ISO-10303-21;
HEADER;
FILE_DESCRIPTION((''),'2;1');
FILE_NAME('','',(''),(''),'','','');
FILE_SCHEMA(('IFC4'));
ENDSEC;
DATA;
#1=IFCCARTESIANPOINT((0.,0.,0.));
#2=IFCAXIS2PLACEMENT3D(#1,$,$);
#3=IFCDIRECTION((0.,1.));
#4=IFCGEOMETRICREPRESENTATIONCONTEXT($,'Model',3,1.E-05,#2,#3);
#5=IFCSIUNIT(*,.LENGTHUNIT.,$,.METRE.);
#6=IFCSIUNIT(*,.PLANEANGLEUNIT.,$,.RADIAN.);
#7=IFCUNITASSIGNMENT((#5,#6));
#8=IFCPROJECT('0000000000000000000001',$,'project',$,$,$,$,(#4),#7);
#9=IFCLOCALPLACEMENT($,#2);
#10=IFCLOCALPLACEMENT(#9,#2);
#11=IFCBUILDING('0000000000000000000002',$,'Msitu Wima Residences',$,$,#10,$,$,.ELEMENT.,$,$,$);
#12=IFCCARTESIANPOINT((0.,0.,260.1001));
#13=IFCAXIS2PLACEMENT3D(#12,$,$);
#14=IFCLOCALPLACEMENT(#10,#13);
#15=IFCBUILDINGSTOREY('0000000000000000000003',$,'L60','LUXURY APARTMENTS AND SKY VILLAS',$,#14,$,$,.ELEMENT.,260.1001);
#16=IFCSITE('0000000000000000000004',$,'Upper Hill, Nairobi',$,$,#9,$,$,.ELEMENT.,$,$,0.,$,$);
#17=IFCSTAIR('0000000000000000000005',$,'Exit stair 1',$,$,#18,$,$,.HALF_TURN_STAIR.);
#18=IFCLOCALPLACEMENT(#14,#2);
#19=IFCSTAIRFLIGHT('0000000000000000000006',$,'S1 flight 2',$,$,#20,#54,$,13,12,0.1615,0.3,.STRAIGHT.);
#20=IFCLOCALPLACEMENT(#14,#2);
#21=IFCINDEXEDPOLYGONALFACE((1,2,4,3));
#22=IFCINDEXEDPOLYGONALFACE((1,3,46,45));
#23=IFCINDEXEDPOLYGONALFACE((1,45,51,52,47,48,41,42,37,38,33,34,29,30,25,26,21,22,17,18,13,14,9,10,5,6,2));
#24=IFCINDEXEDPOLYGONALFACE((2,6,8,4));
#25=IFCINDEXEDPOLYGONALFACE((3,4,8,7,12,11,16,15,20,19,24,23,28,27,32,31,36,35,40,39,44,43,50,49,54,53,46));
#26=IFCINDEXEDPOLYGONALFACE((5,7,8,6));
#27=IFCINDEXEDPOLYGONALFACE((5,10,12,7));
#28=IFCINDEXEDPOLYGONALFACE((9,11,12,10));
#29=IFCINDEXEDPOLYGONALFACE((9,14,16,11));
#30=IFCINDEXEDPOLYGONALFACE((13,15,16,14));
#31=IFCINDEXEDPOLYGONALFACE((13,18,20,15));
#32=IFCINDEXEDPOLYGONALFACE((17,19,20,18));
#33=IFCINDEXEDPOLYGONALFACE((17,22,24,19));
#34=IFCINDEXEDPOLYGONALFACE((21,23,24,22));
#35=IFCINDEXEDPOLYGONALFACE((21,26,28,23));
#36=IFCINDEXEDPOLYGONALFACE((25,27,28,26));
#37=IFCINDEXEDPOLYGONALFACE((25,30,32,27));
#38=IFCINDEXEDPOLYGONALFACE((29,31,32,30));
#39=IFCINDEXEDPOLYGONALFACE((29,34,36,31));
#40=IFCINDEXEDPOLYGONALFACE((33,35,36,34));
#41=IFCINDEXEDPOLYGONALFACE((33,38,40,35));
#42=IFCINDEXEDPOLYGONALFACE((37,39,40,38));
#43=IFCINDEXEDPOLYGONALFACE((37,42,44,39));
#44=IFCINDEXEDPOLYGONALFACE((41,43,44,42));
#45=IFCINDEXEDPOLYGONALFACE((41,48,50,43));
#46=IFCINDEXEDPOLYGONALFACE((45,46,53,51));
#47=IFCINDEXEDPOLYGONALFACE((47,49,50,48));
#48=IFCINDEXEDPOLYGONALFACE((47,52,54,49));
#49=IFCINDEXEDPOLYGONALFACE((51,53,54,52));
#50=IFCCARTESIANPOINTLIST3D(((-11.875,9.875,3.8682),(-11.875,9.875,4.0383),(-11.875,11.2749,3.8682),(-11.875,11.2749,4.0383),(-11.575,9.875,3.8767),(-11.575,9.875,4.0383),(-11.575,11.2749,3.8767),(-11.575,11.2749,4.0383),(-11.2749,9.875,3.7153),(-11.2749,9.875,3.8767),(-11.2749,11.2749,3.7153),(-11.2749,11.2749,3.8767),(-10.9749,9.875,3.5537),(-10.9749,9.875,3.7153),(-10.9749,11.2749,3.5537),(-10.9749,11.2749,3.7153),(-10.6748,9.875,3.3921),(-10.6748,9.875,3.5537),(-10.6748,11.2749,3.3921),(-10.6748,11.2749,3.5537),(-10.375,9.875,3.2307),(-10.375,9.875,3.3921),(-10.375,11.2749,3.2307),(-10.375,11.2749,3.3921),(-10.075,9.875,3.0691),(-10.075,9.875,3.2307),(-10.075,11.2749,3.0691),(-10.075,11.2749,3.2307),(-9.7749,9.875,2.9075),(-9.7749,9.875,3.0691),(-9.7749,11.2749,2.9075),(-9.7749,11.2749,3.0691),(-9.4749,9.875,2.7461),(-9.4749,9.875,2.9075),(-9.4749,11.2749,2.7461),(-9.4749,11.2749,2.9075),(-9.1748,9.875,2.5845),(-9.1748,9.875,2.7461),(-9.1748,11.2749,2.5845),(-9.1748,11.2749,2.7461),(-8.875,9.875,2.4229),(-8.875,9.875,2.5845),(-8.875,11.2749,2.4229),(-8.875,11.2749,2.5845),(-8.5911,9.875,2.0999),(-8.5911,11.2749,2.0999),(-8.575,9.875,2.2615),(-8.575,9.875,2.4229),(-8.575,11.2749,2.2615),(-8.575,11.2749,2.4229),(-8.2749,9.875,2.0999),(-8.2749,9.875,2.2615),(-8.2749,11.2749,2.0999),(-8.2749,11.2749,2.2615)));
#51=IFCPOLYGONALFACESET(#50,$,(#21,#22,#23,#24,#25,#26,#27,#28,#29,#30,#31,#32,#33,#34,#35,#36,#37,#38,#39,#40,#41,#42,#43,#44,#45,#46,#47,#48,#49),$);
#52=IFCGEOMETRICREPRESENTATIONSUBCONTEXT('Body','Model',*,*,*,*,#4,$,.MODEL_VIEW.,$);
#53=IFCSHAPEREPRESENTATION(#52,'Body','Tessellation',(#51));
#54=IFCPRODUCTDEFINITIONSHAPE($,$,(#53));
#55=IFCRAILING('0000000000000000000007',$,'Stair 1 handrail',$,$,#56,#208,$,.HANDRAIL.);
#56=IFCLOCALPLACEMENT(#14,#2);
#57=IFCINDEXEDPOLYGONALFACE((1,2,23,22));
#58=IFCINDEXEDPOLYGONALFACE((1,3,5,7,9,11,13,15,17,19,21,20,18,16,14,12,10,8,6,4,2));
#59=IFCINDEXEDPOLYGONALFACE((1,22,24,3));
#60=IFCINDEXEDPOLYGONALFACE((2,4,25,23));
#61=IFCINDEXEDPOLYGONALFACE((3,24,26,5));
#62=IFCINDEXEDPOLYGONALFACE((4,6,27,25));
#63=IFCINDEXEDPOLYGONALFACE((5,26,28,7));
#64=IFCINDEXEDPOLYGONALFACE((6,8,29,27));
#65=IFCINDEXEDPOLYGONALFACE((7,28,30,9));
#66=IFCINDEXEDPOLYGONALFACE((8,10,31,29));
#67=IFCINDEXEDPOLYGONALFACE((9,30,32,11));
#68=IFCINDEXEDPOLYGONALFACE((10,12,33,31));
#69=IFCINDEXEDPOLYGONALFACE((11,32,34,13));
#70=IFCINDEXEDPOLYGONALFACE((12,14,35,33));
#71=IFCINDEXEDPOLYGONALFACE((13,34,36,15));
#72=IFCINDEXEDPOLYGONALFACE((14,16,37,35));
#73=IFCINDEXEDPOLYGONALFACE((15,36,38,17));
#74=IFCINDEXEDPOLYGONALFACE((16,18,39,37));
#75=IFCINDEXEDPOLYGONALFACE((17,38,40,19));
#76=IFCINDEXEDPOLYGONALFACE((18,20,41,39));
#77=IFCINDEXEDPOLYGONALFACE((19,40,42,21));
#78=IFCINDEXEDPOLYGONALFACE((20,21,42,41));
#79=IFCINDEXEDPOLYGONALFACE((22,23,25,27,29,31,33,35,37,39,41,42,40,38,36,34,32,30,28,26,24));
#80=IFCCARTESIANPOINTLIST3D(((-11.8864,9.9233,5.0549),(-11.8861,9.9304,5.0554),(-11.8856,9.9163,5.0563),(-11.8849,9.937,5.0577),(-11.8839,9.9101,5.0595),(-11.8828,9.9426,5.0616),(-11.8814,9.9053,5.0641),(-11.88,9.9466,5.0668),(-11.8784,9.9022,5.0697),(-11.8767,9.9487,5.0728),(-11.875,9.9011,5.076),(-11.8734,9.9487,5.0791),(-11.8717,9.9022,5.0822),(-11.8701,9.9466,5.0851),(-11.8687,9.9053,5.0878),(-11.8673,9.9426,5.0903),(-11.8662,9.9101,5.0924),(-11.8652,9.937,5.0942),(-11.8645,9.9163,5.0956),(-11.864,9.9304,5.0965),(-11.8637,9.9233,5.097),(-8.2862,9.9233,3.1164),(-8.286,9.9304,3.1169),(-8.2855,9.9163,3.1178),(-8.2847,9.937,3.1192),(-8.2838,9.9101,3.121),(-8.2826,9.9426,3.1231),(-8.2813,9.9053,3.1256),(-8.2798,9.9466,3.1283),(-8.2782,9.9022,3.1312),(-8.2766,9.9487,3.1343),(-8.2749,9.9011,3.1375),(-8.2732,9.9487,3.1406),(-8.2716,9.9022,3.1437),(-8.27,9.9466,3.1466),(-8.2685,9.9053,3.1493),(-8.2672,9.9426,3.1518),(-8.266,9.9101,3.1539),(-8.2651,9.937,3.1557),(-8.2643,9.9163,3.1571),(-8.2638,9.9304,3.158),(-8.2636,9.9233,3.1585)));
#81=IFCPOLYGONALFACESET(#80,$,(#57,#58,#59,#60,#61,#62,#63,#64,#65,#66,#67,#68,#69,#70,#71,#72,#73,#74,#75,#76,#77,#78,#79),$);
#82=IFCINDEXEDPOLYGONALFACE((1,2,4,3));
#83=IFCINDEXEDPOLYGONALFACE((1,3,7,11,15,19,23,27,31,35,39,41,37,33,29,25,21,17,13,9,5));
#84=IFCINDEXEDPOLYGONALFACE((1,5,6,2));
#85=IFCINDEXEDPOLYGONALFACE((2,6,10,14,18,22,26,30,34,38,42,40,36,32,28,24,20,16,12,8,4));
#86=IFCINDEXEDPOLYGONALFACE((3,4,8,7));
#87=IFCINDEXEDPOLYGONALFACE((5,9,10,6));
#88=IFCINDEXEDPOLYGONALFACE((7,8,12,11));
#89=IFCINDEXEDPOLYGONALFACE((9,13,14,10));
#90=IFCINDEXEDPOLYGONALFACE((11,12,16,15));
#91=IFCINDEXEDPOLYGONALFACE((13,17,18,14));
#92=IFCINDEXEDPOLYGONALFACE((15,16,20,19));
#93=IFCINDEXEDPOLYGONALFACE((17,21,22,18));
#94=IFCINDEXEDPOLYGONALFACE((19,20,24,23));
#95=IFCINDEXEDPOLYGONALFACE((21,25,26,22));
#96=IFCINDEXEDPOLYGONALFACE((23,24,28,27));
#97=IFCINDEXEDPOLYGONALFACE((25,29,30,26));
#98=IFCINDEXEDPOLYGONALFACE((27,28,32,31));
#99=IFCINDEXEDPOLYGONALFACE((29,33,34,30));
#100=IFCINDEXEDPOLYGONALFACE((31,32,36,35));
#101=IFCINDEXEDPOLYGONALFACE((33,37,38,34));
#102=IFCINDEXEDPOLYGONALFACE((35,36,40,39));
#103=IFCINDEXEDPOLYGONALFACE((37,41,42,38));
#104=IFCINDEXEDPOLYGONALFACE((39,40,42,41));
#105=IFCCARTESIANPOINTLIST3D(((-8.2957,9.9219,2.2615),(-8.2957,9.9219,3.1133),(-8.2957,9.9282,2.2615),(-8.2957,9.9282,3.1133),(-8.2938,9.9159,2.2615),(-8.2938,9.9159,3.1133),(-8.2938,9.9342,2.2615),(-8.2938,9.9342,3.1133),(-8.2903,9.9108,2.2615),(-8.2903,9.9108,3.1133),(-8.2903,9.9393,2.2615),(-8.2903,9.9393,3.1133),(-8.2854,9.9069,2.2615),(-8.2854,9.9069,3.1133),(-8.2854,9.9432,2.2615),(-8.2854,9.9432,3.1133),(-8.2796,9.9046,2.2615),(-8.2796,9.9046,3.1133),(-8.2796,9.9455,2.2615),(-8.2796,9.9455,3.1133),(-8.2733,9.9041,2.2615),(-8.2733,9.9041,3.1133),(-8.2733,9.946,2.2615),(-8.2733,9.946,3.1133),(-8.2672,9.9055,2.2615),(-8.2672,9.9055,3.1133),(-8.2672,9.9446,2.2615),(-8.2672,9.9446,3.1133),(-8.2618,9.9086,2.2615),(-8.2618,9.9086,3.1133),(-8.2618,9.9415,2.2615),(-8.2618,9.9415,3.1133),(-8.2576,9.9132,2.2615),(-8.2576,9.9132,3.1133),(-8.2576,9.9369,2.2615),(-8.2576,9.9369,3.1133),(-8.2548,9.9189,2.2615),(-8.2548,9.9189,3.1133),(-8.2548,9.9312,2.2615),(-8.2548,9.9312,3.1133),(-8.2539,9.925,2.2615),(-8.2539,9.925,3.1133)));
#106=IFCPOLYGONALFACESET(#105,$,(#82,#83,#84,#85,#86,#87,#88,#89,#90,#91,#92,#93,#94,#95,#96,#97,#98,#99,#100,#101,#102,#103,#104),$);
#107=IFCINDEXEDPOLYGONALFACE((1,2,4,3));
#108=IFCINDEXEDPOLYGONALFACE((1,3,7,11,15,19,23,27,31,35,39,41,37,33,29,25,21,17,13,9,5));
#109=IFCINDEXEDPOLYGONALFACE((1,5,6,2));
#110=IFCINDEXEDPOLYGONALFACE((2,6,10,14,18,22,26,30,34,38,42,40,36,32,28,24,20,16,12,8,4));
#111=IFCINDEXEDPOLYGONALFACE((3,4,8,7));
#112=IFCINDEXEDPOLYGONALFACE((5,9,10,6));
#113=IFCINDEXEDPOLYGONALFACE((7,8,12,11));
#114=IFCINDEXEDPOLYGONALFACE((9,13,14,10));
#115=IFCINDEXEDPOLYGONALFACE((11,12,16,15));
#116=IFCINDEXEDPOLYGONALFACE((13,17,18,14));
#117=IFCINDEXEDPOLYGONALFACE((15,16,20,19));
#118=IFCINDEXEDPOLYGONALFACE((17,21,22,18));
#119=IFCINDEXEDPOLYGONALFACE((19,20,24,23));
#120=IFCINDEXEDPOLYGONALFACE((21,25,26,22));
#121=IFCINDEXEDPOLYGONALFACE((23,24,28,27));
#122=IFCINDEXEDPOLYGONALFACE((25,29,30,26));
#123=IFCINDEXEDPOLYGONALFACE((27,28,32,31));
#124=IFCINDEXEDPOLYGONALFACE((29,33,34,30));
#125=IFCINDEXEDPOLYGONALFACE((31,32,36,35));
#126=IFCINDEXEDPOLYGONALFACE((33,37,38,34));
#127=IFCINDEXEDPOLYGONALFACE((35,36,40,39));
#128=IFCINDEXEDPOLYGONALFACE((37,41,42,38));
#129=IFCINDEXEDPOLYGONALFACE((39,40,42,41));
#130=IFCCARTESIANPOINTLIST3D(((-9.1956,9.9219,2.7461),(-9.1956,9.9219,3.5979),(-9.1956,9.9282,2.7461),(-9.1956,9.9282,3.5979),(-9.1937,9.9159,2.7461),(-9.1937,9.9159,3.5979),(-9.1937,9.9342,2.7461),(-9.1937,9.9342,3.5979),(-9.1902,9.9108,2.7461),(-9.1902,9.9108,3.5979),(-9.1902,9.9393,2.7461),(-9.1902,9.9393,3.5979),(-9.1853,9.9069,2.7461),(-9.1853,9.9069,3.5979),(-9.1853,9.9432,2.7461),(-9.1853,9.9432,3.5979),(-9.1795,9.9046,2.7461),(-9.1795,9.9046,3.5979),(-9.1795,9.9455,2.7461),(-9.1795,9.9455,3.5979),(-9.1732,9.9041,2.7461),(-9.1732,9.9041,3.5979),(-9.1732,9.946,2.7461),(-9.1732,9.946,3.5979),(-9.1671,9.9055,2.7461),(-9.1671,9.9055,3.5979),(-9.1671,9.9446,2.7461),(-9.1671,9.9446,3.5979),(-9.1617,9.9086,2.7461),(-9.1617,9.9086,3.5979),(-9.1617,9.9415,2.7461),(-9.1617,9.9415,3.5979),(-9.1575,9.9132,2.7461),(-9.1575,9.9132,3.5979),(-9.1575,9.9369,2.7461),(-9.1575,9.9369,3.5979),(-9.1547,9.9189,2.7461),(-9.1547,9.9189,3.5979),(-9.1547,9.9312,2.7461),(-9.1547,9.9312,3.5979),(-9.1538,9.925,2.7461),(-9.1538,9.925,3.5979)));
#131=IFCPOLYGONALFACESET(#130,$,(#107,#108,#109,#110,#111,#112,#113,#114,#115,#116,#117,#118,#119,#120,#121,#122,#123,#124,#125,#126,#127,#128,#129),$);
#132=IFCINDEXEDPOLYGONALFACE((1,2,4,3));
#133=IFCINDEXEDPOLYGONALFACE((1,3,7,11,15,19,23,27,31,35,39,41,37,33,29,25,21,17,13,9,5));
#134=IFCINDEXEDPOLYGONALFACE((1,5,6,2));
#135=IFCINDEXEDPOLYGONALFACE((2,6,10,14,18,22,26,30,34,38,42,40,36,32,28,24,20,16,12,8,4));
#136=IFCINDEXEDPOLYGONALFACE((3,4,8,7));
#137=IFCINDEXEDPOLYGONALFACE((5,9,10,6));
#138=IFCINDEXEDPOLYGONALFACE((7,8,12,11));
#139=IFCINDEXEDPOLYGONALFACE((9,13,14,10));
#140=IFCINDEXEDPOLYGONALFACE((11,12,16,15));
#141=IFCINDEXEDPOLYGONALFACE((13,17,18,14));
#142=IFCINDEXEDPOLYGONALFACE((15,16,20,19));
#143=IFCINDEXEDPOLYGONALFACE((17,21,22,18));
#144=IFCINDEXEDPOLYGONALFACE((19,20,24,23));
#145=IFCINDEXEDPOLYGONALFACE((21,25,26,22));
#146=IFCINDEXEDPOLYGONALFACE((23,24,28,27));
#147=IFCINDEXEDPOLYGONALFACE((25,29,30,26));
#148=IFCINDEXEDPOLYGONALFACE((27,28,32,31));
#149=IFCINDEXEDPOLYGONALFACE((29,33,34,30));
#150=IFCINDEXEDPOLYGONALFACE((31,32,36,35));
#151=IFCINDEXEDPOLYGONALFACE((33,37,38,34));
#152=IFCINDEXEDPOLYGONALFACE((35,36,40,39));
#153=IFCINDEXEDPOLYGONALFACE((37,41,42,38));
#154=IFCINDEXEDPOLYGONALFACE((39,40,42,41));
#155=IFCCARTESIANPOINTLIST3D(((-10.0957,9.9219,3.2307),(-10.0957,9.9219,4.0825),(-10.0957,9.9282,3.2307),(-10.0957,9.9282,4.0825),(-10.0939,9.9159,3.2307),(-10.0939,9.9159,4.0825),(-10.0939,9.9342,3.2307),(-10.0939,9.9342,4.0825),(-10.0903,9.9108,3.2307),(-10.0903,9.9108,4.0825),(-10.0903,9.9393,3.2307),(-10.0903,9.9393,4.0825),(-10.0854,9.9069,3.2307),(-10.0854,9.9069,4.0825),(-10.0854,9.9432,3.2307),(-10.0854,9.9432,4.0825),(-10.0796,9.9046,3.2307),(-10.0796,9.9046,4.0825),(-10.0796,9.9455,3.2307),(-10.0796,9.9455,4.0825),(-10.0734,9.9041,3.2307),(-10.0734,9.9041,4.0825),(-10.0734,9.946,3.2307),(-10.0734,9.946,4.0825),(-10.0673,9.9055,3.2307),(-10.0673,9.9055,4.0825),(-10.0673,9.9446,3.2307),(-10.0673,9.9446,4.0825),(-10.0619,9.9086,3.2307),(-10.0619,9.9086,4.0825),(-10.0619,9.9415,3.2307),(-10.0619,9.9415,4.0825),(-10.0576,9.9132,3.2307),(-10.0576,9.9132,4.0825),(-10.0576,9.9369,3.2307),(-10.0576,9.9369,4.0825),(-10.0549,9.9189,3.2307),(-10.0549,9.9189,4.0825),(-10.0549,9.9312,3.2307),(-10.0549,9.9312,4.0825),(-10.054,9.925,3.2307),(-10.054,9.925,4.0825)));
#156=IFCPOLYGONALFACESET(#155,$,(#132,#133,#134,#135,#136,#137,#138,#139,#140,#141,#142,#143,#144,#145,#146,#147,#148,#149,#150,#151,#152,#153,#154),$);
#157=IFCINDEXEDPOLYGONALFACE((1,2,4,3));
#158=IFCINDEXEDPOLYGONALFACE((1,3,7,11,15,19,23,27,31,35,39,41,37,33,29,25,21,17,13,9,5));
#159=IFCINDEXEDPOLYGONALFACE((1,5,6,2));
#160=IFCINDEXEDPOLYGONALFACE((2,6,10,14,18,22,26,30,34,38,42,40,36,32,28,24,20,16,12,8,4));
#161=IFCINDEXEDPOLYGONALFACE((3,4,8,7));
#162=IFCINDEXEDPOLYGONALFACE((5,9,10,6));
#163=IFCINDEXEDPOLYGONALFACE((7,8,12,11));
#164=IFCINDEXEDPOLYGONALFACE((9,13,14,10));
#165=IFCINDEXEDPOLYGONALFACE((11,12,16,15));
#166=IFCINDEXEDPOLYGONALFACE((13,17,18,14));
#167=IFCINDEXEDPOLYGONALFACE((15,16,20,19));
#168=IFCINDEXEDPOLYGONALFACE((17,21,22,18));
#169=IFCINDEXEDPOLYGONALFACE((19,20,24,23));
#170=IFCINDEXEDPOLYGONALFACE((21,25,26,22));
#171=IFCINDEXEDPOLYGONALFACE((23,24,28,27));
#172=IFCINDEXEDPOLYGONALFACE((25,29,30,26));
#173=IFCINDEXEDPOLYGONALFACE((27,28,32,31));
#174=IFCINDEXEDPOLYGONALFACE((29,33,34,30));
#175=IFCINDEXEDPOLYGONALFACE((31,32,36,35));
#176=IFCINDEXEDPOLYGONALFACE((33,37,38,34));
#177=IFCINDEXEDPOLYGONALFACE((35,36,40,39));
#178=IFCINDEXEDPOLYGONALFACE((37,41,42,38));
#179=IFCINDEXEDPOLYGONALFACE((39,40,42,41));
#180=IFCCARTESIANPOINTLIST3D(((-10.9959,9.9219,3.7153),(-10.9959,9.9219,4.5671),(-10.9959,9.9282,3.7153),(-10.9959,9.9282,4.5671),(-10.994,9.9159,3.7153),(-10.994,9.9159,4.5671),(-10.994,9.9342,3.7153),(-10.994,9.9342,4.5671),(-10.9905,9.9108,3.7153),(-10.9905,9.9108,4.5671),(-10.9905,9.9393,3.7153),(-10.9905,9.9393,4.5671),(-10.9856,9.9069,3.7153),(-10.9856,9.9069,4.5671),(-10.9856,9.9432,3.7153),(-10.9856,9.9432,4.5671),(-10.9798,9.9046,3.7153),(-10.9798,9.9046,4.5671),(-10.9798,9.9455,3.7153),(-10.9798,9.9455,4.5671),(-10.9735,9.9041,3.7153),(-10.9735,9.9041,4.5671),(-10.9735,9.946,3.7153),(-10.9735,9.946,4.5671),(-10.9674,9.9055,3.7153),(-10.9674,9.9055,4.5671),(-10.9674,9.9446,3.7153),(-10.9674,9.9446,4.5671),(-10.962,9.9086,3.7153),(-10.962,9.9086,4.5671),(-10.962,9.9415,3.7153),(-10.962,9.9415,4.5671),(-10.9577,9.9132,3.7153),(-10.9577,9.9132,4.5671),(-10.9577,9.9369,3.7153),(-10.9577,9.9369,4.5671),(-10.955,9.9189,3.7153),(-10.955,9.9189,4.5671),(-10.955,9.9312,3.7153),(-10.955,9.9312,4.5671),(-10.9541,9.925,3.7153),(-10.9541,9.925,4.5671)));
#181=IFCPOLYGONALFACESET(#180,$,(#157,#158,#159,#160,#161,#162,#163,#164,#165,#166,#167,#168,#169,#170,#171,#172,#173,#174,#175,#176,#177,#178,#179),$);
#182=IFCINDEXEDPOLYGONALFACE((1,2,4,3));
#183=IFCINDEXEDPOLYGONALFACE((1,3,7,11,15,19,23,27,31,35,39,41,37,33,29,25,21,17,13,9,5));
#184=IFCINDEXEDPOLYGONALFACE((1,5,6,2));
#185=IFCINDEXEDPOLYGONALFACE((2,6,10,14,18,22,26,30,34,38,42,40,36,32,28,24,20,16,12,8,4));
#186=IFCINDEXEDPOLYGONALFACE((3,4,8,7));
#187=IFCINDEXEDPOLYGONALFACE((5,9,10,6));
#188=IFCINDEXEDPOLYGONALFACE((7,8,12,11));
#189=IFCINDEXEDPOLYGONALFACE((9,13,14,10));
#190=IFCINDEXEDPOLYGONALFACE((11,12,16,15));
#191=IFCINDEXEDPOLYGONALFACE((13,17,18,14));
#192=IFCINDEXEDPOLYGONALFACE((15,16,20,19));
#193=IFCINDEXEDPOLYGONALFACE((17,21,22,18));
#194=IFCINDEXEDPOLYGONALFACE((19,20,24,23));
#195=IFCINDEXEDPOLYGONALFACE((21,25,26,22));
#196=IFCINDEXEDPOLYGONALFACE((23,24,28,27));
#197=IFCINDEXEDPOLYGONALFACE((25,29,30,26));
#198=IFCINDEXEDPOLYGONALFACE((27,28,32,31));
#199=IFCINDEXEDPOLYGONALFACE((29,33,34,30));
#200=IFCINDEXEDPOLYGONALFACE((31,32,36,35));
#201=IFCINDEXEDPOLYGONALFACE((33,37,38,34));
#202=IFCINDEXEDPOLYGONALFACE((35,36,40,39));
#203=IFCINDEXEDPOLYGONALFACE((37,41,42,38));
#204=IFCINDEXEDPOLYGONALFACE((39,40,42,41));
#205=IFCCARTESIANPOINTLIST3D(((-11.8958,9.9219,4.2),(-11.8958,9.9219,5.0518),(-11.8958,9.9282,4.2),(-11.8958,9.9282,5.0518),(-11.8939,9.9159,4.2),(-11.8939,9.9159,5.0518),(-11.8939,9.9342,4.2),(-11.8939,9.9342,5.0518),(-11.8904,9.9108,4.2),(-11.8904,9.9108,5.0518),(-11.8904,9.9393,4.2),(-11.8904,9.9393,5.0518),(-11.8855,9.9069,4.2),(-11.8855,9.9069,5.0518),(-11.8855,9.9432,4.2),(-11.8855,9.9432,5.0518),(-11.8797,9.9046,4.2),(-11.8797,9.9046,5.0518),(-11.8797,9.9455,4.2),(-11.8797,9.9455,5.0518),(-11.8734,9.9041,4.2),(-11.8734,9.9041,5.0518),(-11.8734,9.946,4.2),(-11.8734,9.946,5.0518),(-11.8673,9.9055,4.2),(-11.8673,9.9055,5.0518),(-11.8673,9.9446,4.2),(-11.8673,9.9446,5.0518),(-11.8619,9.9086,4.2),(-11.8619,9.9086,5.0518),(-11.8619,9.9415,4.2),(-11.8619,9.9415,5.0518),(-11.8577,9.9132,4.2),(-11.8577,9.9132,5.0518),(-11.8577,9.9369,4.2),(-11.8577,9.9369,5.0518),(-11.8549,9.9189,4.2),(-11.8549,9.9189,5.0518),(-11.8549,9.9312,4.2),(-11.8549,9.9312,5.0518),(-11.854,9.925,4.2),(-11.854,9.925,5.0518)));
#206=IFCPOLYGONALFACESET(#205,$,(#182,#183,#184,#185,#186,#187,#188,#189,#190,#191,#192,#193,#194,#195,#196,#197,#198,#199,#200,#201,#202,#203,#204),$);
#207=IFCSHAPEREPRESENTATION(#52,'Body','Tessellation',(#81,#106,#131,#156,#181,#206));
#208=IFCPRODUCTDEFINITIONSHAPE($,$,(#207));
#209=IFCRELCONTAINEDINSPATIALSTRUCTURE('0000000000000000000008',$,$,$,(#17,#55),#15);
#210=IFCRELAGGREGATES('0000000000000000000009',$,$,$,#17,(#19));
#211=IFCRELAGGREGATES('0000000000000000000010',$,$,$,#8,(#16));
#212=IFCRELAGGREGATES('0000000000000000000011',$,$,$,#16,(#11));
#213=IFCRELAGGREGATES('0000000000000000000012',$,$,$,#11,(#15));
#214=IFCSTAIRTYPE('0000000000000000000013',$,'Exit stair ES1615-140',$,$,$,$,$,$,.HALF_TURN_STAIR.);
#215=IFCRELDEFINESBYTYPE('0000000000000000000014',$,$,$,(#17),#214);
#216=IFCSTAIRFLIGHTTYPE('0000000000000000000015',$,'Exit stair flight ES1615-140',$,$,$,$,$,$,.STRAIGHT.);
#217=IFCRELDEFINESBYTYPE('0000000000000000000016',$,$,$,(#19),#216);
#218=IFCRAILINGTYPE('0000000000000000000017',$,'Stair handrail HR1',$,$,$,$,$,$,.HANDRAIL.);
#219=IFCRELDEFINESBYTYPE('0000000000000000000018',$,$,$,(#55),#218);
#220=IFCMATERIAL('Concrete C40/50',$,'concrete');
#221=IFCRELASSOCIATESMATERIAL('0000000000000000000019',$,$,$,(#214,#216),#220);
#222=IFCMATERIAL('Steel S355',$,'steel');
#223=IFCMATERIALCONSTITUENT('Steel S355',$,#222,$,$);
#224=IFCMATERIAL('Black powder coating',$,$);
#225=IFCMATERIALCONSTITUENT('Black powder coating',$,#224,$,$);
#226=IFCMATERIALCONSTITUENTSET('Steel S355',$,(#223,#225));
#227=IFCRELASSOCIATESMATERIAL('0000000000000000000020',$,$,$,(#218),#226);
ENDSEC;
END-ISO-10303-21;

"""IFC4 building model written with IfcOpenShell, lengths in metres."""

from ifc_helpers import new_model, si_unit, direction, frame, origin, origin_2d, place, context, subcontext, project, spatial, polyline, circle, outline, extrude, material, constituent, constituent_set, type_object, element, aggregate, save


model = new_model("IFC4")

# Units and contexts
model_context = context("Model", 3, precision=1e-05, world=origin(), true_north=direction((0.0, 1.0)))
body_context = subcontext(model_context, "Body", "Model", "MODEL_VIEW")
ifc_project = project(units=[si_unit("LENGTHUNIT", "METRE"), si_unit("PLANEANGLEUNIT", "RADIAN")], contexts=[model_context])

# Site, building, storey
site_placement = place(None, origin())
site = spatial("IfcSite", under=ifc_project, at=site_placement, Name="Upper Hill, Nairobi", CompositionType="ELEMENT", RefElevation=0.0)
building_placement = place(site_placement, origin())
building = spatial("IfcBuilding", under=site, at=building_placement, Name="Msitu Wima Residences", CompositionType="ELEMENT")
storey_placement = place(building_placement, frame((0.0, 0.0, 260.1001)))
storey = spatial("IfcBuildingStorey", under=building, at=storey_placement, Name="L60", Description="LUXURY APARTMENTS AND SKY VILLAS", CompositionType="ELEMENT", Elevation=260.1001)

# Shared definitions
ifc_material_1 = material(Name="Concrete C40/50", Category="concrete")

# Stair, stair flight
stair_type = type_object("IfcStairType", Name="Exit stair ES1615-140", PredefinedType="HALF_TURN_STAIR", material=ifc_material_1)
stair_placement = place(storey_placement, origin())
stair = element("IfcStair", 1, at=stair_placement, inside=storey, type_object=stair_type, Name="Exit stair 1", PredefinedType="HALF_TURN_STAIR")
stair_flight_type = type_object("IfcStairFlightType", Name="Exit stair flight ES1615-140", PredefinedType="STRAIGHT", material=ifc_material_1)
stair_flight_placement = place(storey_placement, frame((-8.2749, 10.575, 2.0999), z_axis=(0.0, 0.0, 1.0), x_axis=(-1.0, 0.0, 0.0)))
stair_flight = element("IfcStairFlight", 2, at=stair_flight_placement, type_object=stair_flight_type, Name="S1 flight 2", NumberOfRisers=13, NumberOfTreads=12, PredefinedType="STRAIGHT", RiserHeight=0.1615, TreadLength=0.3, context=body_context, shape_type="SweptSolid", body=[
    extrude(outline(polyline([(0.0, 0.0), (0.0, 0.1616), (0.3, 0.1616), (0.3, 0.323), (0.6001, 0.323), (0.6001, 0.4846), (0.8999, 0.4846), (0.8999, 0.6462), (1.2, 0.6462), (1.2, 0.8076), (1.5, 0.8076), (1.5, 0.9692), (1.8, 0.9692), (1.8, 1.1309), (2.1001, 1.1309), (2.1001, 1.2922), (2.3999, 1.2922), (2.3999, 1.4539), (2.7, 1.4539), (2.7, 1.6155), (3.0, 1.6155), (3.0, 1.7769), (3.3, 1.7769), (3.3, 1.9385), (3.6001, 1.9385), (3.6001, 2.1001), (3.6001, 1.7683), (0.3162, 0.0), (0.0, 0.0)])), frame((0.0, 0.7, 0.0), z_axis=(0.0, -1.0, 0.0), x_axis=(1.0, 0.0, 0.0)), (0.0, 0.0, 1.0), 1.3999),
])
aggregate(stair, [stair_flight])

# Railing
ifc_material_2 = material(Name="Steel S355", Category="steel")
ifc_constituent_1 = constituent(ifc_material_2, Name="Steel S355")
ifc_material_3 = material(Name="Black powder coating")
ifc_constituent_2 = constituent(ifc_material_3, Name="Black powder coating")
ifc_constituent_set = constituent_set(constituents=[ifc_constituent_1, ifc_constituent_2], Name="Steel S355")
railing_type = type_object("IfcRailingType", Name="Stair handrail HR1", PredefinedType="HANDRAIL", material=ifc_constituent_set)
for number, where, name in (
    (3, (-8.2749, 9.925, 2.2615), "Stair 1 handrail"),
):
    element("IfcRailing", number, at=place(storey_placement, frame(where)), inside=storey, type_object=railing_type, Name=name, PredefinedType="HANDRAIL", context=body_context, shape_type="SweptSolid", body=[
        extrude(circle(Radius=0.0239, at=origin_2d()), frame((0.0, 0.0, 0.876), z_axis=(-0.880475, 0.0, 0.474093), x_axis=(0.0, -1.0, 0.0)), (0.0, 0.0, 1.0), 4.0889),
        extrude(circle(Radius=0.021, at=origin_2d()), origin(), (0.0, 0.0, 1.0), 0.8518),
        extrude(circle(Radius=0.021, at=origin_2d()), frame((-0.8999, 0.0, 0.4846)), (0.0, 0.0, 1.0), 0.8518),
        extrude(circle(Radius=0.021, at=origin_2d()), frame((-1.8, 0.0, 0.9692)), (0.0, 0.0, 1.0), 0.8518),
        extrude(circle(Radius=0.021, at=origin_2d()), frame((-2.7002, 0.0, 1.4539)), (0.0, 0.0, 1.0), 0.8518),
        extrude(circle(Radius=0.021, at=origin_2d()), frame((-3.6001, 0.0, 1.9385)), (0.0, 0.0, 1.0), 0.8518),
    ])

save(model, "model.ifc")
